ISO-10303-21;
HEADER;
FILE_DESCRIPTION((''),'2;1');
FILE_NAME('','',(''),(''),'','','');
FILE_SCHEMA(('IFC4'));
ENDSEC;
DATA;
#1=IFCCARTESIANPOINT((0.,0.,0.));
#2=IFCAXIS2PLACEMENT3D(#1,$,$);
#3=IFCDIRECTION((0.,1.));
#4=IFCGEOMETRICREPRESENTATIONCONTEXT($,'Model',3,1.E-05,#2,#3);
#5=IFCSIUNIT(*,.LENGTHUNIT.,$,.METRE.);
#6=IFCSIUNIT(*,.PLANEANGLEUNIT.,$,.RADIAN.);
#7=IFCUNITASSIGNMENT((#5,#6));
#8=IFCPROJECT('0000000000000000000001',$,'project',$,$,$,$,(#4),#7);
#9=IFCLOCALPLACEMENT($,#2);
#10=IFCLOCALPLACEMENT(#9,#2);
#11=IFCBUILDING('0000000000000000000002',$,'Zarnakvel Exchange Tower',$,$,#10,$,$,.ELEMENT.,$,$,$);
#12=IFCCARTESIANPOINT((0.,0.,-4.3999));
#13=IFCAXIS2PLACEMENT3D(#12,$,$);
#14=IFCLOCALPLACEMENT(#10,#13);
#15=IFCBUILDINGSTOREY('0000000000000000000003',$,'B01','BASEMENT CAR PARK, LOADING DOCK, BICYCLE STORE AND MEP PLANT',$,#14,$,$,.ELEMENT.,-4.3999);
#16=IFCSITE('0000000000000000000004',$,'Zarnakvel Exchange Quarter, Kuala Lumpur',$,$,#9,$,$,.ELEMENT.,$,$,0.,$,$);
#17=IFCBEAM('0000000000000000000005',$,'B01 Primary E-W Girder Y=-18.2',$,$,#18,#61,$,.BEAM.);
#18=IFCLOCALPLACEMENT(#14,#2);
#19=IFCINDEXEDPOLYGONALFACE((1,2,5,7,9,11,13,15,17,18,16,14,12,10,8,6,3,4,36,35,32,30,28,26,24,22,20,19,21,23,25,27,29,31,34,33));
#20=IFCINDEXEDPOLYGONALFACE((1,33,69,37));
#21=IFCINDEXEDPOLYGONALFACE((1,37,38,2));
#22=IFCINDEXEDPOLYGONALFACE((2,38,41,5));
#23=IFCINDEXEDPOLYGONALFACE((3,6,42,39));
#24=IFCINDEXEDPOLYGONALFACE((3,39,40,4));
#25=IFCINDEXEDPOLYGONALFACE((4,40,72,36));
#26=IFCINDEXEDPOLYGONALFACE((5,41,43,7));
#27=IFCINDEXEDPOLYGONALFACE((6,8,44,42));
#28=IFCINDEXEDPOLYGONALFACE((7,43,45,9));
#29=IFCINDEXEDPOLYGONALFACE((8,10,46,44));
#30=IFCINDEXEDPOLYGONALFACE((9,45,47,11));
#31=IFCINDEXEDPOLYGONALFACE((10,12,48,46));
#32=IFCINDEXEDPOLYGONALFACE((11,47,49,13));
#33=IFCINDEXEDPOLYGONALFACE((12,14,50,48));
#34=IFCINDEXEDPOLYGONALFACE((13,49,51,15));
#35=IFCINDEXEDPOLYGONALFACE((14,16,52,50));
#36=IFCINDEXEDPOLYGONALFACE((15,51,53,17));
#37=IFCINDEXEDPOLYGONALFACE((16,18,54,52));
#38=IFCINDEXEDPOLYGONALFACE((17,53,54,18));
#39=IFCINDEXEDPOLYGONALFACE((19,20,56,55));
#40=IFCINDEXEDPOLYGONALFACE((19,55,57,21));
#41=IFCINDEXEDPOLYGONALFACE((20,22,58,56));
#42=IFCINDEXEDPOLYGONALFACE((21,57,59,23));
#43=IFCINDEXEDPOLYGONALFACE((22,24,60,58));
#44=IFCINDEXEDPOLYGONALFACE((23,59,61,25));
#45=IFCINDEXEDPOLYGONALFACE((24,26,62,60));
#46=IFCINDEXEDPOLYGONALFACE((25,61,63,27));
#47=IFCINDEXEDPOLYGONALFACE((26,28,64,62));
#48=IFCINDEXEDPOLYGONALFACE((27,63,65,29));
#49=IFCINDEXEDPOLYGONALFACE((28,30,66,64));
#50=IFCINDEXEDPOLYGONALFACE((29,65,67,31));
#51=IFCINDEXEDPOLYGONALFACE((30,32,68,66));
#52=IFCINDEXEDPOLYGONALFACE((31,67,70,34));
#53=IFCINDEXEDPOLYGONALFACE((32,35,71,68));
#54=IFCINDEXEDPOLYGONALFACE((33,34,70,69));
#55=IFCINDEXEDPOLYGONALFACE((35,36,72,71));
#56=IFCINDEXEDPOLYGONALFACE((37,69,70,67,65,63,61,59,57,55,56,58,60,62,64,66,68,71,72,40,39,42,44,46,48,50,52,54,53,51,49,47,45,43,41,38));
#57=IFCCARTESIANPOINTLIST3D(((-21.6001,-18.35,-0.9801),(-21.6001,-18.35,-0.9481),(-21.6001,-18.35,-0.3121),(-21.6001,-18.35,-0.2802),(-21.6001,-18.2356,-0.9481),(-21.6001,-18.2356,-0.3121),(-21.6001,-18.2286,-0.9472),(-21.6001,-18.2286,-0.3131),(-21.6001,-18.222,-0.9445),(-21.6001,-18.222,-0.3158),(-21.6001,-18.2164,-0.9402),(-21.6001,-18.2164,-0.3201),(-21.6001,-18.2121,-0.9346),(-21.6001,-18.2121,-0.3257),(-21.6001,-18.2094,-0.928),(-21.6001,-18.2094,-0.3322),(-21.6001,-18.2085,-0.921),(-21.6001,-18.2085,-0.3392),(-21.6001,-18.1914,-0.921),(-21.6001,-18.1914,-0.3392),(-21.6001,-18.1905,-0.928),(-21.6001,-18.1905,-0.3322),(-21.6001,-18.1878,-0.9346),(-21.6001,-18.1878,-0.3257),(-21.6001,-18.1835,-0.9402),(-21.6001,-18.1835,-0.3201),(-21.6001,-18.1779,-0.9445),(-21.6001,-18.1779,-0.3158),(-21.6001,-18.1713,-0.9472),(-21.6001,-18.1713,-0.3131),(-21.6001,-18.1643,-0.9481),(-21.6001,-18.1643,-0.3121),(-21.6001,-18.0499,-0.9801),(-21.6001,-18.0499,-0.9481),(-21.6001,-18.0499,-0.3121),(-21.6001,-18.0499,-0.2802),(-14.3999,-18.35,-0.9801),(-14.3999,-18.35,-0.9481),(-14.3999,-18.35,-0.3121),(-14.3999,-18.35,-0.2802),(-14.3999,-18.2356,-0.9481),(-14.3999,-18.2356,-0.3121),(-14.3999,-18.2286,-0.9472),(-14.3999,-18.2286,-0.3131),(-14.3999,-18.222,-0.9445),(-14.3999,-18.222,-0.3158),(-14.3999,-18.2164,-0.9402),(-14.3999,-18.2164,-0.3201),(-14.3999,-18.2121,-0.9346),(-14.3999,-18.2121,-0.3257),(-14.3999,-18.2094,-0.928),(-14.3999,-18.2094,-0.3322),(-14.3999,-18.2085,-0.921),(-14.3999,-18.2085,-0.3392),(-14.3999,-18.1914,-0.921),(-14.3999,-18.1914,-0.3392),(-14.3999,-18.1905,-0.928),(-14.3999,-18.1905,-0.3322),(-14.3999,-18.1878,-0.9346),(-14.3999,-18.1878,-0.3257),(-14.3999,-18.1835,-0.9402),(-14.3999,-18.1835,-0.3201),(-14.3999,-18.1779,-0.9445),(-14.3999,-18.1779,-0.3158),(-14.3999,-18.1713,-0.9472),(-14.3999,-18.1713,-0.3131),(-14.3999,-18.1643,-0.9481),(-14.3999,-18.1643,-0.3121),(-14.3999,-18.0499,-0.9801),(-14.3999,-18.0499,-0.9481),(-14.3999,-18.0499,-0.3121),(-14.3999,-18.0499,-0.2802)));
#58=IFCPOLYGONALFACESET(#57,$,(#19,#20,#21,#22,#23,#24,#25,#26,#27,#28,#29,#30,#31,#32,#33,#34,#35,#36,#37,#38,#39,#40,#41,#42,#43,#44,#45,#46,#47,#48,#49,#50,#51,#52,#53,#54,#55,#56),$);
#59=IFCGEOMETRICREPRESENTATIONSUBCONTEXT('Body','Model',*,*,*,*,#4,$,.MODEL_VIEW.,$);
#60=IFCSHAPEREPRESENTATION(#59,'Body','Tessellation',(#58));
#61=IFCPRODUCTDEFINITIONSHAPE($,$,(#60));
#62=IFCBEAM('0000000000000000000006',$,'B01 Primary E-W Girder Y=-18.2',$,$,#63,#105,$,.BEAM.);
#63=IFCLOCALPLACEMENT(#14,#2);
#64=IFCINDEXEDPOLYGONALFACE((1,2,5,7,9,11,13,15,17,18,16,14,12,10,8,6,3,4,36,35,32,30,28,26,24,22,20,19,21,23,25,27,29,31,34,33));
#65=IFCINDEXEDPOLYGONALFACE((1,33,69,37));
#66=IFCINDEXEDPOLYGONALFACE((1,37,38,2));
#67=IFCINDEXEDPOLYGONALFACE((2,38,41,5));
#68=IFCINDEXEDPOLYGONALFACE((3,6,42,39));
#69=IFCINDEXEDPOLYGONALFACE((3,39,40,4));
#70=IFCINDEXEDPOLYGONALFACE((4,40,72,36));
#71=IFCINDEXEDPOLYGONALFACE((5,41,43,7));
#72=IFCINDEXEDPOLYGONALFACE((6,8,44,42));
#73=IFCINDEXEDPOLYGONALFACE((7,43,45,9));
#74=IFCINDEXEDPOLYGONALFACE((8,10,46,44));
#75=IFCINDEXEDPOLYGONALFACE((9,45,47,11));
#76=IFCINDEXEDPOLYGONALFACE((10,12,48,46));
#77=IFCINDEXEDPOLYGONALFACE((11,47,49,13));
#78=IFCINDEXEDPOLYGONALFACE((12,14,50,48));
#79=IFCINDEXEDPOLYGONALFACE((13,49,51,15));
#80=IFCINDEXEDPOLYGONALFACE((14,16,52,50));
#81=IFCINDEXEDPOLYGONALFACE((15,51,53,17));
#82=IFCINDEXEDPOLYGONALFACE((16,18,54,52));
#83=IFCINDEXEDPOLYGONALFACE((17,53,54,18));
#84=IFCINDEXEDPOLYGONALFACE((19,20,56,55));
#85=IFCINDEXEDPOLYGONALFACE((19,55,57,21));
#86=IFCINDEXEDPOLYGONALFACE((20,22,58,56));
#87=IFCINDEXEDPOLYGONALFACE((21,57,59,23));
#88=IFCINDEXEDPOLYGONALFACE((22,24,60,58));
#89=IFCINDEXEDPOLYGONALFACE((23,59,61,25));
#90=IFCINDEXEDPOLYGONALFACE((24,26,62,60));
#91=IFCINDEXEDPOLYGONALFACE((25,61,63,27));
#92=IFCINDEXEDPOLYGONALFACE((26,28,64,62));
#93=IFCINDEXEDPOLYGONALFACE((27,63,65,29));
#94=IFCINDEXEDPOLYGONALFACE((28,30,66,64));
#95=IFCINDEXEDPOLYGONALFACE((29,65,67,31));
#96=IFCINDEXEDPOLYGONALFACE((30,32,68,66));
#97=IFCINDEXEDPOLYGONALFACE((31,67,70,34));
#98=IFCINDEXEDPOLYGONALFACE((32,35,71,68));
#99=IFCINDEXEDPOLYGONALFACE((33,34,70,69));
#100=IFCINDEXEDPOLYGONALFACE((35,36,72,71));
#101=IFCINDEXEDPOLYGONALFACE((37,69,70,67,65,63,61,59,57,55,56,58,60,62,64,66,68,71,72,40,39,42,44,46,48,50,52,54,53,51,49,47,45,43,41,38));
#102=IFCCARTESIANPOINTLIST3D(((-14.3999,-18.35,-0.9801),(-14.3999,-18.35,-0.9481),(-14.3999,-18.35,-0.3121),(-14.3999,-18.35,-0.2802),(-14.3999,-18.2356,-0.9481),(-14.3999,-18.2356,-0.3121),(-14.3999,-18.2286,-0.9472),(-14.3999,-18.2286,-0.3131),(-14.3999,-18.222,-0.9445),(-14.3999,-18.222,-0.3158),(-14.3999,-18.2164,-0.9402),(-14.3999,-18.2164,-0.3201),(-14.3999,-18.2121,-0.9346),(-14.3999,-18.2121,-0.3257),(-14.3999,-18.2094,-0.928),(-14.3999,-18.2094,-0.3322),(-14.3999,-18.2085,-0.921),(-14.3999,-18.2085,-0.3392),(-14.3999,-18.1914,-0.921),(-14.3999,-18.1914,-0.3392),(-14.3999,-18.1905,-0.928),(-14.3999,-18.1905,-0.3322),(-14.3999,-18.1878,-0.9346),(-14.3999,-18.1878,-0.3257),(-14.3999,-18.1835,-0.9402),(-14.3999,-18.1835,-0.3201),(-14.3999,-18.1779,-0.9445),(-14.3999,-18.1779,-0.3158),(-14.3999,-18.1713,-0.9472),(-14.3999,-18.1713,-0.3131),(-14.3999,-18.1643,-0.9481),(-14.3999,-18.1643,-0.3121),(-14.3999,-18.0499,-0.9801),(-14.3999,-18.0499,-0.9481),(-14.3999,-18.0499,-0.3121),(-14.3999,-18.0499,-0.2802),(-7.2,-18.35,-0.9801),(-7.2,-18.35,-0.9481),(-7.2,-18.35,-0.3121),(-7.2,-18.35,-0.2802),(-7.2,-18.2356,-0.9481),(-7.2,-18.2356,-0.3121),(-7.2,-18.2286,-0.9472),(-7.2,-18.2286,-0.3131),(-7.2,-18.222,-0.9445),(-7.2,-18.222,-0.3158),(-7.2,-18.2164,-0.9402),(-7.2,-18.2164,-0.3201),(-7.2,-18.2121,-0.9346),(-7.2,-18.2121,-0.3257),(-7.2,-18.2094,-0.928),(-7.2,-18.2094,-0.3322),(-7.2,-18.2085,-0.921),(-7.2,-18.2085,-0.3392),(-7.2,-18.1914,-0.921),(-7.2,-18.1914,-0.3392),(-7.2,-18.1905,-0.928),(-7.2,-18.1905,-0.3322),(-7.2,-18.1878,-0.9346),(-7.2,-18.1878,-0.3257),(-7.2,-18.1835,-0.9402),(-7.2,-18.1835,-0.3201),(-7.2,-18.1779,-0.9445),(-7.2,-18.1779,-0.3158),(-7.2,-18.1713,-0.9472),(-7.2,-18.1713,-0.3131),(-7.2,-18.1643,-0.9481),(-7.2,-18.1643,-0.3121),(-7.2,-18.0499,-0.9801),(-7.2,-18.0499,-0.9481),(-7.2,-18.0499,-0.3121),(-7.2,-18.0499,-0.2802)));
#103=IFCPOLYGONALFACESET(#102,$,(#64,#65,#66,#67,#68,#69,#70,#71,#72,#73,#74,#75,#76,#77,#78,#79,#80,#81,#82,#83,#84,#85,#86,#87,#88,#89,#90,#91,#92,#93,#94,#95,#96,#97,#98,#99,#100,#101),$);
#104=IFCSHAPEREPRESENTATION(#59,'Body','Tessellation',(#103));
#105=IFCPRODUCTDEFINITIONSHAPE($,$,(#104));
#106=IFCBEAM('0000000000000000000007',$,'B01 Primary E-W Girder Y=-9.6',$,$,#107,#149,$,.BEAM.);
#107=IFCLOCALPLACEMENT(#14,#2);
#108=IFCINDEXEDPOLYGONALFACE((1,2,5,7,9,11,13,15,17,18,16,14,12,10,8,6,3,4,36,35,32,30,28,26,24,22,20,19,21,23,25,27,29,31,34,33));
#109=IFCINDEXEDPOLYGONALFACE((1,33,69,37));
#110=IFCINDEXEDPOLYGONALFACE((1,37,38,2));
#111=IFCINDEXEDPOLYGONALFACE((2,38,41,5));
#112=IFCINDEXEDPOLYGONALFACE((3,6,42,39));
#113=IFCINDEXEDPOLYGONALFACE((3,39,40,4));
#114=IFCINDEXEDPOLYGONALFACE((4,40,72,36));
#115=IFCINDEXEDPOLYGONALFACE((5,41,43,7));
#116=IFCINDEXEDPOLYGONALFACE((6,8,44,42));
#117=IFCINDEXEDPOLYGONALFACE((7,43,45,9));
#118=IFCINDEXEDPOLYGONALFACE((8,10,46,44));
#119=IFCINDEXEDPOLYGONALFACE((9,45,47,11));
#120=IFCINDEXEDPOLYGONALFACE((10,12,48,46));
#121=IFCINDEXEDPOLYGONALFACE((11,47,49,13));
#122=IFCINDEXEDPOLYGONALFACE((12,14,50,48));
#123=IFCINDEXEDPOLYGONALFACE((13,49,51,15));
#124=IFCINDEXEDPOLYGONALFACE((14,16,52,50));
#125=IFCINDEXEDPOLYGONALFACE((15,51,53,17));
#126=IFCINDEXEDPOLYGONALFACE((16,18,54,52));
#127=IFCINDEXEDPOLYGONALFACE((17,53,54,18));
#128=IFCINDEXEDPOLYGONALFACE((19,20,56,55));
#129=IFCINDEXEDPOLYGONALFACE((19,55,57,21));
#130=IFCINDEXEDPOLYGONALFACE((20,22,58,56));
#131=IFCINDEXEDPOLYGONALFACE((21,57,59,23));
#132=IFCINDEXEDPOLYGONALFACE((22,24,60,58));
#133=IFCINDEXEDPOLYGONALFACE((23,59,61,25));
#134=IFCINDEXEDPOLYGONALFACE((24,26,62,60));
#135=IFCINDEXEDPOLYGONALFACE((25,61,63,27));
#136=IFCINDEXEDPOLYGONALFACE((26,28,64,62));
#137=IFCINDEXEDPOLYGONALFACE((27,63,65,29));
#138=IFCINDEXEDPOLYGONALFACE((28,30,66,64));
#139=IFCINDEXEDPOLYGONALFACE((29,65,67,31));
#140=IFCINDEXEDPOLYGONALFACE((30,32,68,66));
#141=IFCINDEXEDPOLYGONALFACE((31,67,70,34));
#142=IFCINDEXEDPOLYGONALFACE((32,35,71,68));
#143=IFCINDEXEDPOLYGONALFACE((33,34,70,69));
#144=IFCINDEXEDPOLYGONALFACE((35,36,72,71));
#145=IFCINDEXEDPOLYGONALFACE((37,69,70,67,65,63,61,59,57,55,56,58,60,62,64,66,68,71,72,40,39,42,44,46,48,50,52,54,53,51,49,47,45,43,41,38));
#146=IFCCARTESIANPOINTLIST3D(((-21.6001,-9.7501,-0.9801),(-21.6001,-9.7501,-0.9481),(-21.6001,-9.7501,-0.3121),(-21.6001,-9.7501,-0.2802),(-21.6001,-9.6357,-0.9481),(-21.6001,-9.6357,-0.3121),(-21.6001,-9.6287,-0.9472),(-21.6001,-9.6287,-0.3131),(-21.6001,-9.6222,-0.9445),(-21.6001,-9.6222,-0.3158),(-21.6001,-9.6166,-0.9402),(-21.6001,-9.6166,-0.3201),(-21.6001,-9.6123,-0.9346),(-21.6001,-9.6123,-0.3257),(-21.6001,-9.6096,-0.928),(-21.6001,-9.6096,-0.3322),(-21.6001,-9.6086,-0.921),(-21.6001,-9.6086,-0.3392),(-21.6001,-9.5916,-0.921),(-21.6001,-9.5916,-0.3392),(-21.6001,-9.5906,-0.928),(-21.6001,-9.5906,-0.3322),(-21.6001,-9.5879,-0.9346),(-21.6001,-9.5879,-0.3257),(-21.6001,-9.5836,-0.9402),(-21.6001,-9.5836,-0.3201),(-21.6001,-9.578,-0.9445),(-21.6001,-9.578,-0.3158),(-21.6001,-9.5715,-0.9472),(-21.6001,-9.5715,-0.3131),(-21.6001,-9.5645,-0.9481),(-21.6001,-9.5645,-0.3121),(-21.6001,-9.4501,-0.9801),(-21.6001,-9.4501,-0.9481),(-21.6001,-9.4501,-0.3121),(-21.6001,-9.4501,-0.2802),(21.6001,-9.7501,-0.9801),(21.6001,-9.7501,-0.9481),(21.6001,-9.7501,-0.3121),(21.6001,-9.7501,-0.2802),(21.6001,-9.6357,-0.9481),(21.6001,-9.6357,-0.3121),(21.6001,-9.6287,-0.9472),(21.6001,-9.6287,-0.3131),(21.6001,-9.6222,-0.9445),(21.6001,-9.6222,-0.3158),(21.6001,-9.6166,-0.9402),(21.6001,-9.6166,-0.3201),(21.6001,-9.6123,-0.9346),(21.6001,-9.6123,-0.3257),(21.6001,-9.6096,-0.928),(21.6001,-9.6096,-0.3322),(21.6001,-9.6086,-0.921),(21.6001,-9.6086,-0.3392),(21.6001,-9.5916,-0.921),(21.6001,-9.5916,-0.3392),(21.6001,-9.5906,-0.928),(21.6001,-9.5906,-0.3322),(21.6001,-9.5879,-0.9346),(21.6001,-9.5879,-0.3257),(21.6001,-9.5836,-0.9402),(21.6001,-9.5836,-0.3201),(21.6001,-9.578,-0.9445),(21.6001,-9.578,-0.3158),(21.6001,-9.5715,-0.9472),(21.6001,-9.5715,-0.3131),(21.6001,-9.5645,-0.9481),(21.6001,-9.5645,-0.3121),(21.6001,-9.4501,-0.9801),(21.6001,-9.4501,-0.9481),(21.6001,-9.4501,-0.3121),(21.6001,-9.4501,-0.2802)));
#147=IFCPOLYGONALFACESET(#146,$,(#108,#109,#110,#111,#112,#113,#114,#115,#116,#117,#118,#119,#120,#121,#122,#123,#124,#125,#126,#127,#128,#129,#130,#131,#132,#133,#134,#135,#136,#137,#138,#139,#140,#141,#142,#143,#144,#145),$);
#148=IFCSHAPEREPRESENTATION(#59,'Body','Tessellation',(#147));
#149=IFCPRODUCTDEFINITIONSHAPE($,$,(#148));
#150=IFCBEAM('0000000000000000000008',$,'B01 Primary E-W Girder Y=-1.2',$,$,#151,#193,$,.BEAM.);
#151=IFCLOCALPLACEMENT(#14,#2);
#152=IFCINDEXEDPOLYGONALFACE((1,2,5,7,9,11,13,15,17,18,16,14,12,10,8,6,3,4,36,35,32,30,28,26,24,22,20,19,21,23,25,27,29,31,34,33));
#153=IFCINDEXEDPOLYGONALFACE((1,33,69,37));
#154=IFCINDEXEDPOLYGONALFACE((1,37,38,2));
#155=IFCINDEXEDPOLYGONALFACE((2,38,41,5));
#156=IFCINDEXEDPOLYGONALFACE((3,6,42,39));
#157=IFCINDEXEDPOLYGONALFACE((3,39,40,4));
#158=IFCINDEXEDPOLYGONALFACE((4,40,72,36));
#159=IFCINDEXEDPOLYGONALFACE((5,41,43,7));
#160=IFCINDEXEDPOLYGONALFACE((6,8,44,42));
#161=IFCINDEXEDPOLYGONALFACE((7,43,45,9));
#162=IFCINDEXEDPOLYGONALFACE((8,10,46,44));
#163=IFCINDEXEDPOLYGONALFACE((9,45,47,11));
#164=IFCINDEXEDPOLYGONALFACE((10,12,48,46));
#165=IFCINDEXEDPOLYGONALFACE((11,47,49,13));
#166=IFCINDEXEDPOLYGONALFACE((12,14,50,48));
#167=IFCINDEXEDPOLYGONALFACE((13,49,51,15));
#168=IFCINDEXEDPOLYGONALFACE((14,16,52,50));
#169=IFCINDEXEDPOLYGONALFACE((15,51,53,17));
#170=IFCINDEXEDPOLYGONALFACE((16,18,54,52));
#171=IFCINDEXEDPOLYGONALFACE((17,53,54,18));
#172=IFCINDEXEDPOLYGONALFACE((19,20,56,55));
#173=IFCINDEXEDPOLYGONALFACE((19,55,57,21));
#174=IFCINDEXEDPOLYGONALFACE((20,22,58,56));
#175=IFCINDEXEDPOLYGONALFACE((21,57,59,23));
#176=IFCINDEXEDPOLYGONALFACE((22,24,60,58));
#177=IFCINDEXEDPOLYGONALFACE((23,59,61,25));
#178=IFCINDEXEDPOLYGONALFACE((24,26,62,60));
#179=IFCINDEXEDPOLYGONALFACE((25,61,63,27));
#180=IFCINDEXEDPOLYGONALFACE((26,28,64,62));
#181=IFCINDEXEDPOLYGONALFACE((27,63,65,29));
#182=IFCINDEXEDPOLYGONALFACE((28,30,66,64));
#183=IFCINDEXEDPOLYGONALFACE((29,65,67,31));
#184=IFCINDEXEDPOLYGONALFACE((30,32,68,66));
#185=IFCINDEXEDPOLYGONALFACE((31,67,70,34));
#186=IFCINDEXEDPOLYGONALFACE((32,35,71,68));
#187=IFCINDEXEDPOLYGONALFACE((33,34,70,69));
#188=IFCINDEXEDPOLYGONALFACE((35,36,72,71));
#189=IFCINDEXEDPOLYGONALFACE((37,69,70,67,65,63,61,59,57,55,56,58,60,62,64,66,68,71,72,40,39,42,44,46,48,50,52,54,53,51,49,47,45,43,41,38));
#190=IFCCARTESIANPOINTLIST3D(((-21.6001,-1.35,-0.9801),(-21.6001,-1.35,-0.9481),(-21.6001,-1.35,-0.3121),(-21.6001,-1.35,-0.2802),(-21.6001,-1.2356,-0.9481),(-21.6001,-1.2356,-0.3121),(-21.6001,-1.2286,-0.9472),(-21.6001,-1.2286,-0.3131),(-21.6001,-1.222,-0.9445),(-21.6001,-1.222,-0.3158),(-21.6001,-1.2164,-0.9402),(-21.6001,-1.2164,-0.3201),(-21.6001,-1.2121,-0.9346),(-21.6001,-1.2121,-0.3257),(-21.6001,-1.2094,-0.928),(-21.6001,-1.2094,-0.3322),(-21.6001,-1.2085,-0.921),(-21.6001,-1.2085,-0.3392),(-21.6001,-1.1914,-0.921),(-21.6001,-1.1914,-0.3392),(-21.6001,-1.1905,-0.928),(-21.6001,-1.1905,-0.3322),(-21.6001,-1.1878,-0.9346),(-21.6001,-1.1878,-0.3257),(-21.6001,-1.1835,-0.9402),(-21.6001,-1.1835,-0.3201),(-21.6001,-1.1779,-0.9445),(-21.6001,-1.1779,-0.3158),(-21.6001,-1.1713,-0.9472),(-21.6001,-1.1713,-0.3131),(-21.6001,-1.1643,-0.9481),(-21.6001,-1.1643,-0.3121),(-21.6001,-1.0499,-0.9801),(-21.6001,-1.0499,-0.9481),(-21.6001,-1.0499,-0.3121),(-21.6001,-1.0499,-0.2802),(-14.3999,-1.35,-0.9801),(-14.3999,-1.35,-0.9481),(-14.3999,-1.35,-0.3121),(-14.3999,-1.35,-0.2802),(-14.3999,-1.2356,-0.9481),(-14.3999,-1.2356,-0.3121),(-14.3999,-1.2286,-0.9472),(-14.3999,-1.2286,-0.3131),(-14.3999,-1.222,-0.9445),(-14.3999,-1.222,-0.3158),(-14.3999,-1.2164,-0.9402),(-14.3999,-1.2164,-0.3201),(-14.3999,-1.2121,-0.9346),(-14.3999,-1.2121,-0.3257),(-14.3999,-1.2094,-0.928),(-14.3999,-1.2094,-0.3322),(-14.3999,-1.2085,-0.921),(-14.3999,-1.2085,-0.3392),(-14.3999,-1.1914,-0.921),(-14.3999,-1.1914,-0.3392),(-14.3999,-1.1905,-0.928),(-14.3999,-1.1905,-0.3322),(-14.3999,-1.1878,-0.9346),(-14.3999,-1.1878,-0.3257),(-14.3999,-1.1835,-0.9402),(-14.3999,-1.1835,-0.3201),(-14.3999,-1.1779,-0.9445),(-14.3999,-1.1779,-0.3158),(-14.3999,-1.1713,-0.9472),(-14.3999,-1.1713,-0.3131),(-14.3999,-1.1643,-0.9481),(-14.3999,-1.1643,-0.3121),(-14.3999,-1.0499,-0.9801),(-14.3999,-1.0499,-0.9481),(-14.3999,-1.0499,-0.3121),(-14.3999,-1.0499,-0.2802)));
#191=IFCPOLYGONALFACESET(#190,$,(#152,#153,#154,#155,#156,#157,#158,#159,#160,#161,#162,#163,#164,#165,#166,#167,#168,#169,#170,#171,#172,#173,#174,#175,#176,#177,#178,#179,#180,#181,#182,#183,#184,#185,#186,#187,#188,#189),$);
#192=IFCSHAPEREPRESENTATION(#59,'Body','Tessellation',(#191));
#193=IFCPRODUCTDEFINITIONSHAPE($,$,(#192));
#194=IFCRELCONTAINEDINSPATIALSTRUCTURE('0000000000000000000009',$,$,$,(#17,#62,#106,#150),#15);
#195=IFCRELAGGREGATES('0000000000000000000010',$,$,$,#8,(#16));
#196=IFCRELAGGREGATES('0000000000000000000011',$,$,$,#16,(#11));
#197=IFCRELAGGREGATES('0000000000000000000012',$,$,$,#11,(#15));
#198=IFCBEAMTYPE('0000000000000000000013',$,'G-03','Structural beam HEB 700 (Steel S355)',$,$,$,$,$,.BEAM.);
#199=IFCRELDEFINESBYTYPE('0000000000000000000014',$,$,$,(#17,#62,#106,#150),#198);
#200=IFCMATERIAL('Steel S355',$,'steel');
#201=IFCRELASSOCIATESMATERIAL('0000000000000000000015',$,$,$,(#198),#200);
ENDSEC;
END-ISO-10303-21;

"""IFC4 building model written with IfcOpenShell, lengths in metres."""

from ifc_helpers import new_model, si_unit, direction, frame, origin, origin_2d, place, context, subcontext, project, spatial, i_section, extrude, material, material_profile, profile_set, type_object, element, save


model = new_model("IFC4")

# Units and contexts
model_context = context("Model", 3, precision=1e-05, world=origin(), true_north=direction((0.0, 1.0)))
body_context = subcontext(model_context, "Body", "Model", "MODEL_VIEW")
ifc_project = project(units=[si_unit("LENGTHUNIT", "METRE"), si_unit("PLANEANGLEUNIT", "RADIAN")], contexts=[model_context])

# Site, building, storey
site_placement = place(None, origin())
site = spatial("IfcSite", under=ifc_project, at=site_placement, Name="Zarnakvel Exchange Quarter, Kuala Lumpur", CompositionType="ELEMENT", RefElevation=0.0)
building_placement = place(site_placement, origin())
building = spatial("IfcBuilding", under=site, at=building_placement, Name="Zarnakvel Exchange Tower", CompositionType="ELEMENT")
storey_placement = place(building_placement, frame((0.0, 0.0, -4.3999)))
storey = spatial("IfcBuildingStorey", under=building, at=storey_placement, Name="B01", Description="BASEMENT CAR PARK, LOADING DOCK, BICYCLE STORE AND MEP PLANT", CompositionType="ELEMENT", Elevation=-4.3999)

# Beams
ifc_material_1 = material(Name="Steel S355", Category="steel")
ifc_material_profile_1 = material_profile(ifc_material_1, i_section(OverallWidth=0.3, OverallDepth=0.7, WebThickness=0.0171, FlangeThickness=0.032, FilletRadius=0.0271, at=origin_2d()))
ifc_profile_set_1 = profile_set([ifc_material_profile_1], Name="Steel S355")
beam_type_1 = type_object("IfcBeamType", Name="G-03", Description="Structural beam HEB 700 (Steel S355)", PredefinedType="BEAM", material=ifc_profile_set_1)
beam_1_placement = place(storey_placement, frame((-21.6001, -18.2, -0.6301), z_axis=(1.0, 0.0, 0.0), x_axis=(0.0, 1.0, 0.0)))
element("IfcBeam", 1, at=beam_1_placement, inside=storey, type_object=beam_type_1, Name="B01 Primary E-W Girder Y=-18.2", PredefinedType="BEAM", context=body_context, shape_type="SweptSolid", body=[
    extrude(i_section(OverallWidth=0.3, OverallDepth=0.7, WebThickness=0.0171, FlangeThickness=0.032, FilletRadius=0.0271, at=origin_2d()), origin(), (0.0, 0.0, 1.0), 7.2002),
])
beam_2_placement = place(storey_placement, frame((-14.3999, -18.2, -0.6301), z_axis=(1.0, 0.0, 0.0), x_axis=(0.0, 1.0, 0.0)))
element("IfcBeam", 2, at=beam_2_placement, inside=storey, type_object=beam_type_1, Name="B01 Primary E-W Girder Y=-18.2", PredefinedType="BEAM", context=body_context, shape_type="SweptSolid", body=[
    extrude(i_section(OverallWidth=0.3, OverallDepth=0.7, WebThickness=0.0171, FlangeThickness=0.032, FilletRadius=0.0271, at=origin_2d()), origin(), (0.0, 0.0, 1.0), 7.2),
])
beam_3_placement = place(storey_placement, frame((-21.6001, -9.6001, -0.6301), z_axis=(1.0, 0.0, 0.0), x_axis=(0.0, 1.0, 0.0)))
element("IfcBeam", 3, at=beam_3_placement, inside=storey, type_object=beam_type_1, Name="B01 Primary E-W Girder Y=-9.6", PredefinedType="BEAM", context=body_context, shape_type="SweptSolid", body=[
    extrude(i_section(OverallWidth=0.3, OverallDepth=0.7, WebThickness=0.0171, FlangeThickness=0.032, FilletRadius=0.0271, at=origin_2d()), origin(), (0.0, 0.0, 1.0), 43.2002),
])
beam_4_placement = place(storey_placement, frame((-21.6001, -1.2, -0.6301), z_axis=(1.0, 0.0, 0.0), x_axis=(0.0, 1.0, 0.0)))
element("IfcBeam", 4, at=beam_4_placement, inside=storey, type_object=beam_type_1, Name="B01 Primary E-W Girder Y=-1.2", PredefinedType="BEAM", context=body_context, shape_type="SweptSolid", body=[
    extrude(i_section(OverallWidth=0.3, OverallDepth=0.7, WebThickness=0.0171, FlangeThickness=0.032, FilletRadius=0.0271, at=origin_2d()), origin(), (0.0, 0.0, 1.0), 7.2002),
])

save(model, "model.ifc")
